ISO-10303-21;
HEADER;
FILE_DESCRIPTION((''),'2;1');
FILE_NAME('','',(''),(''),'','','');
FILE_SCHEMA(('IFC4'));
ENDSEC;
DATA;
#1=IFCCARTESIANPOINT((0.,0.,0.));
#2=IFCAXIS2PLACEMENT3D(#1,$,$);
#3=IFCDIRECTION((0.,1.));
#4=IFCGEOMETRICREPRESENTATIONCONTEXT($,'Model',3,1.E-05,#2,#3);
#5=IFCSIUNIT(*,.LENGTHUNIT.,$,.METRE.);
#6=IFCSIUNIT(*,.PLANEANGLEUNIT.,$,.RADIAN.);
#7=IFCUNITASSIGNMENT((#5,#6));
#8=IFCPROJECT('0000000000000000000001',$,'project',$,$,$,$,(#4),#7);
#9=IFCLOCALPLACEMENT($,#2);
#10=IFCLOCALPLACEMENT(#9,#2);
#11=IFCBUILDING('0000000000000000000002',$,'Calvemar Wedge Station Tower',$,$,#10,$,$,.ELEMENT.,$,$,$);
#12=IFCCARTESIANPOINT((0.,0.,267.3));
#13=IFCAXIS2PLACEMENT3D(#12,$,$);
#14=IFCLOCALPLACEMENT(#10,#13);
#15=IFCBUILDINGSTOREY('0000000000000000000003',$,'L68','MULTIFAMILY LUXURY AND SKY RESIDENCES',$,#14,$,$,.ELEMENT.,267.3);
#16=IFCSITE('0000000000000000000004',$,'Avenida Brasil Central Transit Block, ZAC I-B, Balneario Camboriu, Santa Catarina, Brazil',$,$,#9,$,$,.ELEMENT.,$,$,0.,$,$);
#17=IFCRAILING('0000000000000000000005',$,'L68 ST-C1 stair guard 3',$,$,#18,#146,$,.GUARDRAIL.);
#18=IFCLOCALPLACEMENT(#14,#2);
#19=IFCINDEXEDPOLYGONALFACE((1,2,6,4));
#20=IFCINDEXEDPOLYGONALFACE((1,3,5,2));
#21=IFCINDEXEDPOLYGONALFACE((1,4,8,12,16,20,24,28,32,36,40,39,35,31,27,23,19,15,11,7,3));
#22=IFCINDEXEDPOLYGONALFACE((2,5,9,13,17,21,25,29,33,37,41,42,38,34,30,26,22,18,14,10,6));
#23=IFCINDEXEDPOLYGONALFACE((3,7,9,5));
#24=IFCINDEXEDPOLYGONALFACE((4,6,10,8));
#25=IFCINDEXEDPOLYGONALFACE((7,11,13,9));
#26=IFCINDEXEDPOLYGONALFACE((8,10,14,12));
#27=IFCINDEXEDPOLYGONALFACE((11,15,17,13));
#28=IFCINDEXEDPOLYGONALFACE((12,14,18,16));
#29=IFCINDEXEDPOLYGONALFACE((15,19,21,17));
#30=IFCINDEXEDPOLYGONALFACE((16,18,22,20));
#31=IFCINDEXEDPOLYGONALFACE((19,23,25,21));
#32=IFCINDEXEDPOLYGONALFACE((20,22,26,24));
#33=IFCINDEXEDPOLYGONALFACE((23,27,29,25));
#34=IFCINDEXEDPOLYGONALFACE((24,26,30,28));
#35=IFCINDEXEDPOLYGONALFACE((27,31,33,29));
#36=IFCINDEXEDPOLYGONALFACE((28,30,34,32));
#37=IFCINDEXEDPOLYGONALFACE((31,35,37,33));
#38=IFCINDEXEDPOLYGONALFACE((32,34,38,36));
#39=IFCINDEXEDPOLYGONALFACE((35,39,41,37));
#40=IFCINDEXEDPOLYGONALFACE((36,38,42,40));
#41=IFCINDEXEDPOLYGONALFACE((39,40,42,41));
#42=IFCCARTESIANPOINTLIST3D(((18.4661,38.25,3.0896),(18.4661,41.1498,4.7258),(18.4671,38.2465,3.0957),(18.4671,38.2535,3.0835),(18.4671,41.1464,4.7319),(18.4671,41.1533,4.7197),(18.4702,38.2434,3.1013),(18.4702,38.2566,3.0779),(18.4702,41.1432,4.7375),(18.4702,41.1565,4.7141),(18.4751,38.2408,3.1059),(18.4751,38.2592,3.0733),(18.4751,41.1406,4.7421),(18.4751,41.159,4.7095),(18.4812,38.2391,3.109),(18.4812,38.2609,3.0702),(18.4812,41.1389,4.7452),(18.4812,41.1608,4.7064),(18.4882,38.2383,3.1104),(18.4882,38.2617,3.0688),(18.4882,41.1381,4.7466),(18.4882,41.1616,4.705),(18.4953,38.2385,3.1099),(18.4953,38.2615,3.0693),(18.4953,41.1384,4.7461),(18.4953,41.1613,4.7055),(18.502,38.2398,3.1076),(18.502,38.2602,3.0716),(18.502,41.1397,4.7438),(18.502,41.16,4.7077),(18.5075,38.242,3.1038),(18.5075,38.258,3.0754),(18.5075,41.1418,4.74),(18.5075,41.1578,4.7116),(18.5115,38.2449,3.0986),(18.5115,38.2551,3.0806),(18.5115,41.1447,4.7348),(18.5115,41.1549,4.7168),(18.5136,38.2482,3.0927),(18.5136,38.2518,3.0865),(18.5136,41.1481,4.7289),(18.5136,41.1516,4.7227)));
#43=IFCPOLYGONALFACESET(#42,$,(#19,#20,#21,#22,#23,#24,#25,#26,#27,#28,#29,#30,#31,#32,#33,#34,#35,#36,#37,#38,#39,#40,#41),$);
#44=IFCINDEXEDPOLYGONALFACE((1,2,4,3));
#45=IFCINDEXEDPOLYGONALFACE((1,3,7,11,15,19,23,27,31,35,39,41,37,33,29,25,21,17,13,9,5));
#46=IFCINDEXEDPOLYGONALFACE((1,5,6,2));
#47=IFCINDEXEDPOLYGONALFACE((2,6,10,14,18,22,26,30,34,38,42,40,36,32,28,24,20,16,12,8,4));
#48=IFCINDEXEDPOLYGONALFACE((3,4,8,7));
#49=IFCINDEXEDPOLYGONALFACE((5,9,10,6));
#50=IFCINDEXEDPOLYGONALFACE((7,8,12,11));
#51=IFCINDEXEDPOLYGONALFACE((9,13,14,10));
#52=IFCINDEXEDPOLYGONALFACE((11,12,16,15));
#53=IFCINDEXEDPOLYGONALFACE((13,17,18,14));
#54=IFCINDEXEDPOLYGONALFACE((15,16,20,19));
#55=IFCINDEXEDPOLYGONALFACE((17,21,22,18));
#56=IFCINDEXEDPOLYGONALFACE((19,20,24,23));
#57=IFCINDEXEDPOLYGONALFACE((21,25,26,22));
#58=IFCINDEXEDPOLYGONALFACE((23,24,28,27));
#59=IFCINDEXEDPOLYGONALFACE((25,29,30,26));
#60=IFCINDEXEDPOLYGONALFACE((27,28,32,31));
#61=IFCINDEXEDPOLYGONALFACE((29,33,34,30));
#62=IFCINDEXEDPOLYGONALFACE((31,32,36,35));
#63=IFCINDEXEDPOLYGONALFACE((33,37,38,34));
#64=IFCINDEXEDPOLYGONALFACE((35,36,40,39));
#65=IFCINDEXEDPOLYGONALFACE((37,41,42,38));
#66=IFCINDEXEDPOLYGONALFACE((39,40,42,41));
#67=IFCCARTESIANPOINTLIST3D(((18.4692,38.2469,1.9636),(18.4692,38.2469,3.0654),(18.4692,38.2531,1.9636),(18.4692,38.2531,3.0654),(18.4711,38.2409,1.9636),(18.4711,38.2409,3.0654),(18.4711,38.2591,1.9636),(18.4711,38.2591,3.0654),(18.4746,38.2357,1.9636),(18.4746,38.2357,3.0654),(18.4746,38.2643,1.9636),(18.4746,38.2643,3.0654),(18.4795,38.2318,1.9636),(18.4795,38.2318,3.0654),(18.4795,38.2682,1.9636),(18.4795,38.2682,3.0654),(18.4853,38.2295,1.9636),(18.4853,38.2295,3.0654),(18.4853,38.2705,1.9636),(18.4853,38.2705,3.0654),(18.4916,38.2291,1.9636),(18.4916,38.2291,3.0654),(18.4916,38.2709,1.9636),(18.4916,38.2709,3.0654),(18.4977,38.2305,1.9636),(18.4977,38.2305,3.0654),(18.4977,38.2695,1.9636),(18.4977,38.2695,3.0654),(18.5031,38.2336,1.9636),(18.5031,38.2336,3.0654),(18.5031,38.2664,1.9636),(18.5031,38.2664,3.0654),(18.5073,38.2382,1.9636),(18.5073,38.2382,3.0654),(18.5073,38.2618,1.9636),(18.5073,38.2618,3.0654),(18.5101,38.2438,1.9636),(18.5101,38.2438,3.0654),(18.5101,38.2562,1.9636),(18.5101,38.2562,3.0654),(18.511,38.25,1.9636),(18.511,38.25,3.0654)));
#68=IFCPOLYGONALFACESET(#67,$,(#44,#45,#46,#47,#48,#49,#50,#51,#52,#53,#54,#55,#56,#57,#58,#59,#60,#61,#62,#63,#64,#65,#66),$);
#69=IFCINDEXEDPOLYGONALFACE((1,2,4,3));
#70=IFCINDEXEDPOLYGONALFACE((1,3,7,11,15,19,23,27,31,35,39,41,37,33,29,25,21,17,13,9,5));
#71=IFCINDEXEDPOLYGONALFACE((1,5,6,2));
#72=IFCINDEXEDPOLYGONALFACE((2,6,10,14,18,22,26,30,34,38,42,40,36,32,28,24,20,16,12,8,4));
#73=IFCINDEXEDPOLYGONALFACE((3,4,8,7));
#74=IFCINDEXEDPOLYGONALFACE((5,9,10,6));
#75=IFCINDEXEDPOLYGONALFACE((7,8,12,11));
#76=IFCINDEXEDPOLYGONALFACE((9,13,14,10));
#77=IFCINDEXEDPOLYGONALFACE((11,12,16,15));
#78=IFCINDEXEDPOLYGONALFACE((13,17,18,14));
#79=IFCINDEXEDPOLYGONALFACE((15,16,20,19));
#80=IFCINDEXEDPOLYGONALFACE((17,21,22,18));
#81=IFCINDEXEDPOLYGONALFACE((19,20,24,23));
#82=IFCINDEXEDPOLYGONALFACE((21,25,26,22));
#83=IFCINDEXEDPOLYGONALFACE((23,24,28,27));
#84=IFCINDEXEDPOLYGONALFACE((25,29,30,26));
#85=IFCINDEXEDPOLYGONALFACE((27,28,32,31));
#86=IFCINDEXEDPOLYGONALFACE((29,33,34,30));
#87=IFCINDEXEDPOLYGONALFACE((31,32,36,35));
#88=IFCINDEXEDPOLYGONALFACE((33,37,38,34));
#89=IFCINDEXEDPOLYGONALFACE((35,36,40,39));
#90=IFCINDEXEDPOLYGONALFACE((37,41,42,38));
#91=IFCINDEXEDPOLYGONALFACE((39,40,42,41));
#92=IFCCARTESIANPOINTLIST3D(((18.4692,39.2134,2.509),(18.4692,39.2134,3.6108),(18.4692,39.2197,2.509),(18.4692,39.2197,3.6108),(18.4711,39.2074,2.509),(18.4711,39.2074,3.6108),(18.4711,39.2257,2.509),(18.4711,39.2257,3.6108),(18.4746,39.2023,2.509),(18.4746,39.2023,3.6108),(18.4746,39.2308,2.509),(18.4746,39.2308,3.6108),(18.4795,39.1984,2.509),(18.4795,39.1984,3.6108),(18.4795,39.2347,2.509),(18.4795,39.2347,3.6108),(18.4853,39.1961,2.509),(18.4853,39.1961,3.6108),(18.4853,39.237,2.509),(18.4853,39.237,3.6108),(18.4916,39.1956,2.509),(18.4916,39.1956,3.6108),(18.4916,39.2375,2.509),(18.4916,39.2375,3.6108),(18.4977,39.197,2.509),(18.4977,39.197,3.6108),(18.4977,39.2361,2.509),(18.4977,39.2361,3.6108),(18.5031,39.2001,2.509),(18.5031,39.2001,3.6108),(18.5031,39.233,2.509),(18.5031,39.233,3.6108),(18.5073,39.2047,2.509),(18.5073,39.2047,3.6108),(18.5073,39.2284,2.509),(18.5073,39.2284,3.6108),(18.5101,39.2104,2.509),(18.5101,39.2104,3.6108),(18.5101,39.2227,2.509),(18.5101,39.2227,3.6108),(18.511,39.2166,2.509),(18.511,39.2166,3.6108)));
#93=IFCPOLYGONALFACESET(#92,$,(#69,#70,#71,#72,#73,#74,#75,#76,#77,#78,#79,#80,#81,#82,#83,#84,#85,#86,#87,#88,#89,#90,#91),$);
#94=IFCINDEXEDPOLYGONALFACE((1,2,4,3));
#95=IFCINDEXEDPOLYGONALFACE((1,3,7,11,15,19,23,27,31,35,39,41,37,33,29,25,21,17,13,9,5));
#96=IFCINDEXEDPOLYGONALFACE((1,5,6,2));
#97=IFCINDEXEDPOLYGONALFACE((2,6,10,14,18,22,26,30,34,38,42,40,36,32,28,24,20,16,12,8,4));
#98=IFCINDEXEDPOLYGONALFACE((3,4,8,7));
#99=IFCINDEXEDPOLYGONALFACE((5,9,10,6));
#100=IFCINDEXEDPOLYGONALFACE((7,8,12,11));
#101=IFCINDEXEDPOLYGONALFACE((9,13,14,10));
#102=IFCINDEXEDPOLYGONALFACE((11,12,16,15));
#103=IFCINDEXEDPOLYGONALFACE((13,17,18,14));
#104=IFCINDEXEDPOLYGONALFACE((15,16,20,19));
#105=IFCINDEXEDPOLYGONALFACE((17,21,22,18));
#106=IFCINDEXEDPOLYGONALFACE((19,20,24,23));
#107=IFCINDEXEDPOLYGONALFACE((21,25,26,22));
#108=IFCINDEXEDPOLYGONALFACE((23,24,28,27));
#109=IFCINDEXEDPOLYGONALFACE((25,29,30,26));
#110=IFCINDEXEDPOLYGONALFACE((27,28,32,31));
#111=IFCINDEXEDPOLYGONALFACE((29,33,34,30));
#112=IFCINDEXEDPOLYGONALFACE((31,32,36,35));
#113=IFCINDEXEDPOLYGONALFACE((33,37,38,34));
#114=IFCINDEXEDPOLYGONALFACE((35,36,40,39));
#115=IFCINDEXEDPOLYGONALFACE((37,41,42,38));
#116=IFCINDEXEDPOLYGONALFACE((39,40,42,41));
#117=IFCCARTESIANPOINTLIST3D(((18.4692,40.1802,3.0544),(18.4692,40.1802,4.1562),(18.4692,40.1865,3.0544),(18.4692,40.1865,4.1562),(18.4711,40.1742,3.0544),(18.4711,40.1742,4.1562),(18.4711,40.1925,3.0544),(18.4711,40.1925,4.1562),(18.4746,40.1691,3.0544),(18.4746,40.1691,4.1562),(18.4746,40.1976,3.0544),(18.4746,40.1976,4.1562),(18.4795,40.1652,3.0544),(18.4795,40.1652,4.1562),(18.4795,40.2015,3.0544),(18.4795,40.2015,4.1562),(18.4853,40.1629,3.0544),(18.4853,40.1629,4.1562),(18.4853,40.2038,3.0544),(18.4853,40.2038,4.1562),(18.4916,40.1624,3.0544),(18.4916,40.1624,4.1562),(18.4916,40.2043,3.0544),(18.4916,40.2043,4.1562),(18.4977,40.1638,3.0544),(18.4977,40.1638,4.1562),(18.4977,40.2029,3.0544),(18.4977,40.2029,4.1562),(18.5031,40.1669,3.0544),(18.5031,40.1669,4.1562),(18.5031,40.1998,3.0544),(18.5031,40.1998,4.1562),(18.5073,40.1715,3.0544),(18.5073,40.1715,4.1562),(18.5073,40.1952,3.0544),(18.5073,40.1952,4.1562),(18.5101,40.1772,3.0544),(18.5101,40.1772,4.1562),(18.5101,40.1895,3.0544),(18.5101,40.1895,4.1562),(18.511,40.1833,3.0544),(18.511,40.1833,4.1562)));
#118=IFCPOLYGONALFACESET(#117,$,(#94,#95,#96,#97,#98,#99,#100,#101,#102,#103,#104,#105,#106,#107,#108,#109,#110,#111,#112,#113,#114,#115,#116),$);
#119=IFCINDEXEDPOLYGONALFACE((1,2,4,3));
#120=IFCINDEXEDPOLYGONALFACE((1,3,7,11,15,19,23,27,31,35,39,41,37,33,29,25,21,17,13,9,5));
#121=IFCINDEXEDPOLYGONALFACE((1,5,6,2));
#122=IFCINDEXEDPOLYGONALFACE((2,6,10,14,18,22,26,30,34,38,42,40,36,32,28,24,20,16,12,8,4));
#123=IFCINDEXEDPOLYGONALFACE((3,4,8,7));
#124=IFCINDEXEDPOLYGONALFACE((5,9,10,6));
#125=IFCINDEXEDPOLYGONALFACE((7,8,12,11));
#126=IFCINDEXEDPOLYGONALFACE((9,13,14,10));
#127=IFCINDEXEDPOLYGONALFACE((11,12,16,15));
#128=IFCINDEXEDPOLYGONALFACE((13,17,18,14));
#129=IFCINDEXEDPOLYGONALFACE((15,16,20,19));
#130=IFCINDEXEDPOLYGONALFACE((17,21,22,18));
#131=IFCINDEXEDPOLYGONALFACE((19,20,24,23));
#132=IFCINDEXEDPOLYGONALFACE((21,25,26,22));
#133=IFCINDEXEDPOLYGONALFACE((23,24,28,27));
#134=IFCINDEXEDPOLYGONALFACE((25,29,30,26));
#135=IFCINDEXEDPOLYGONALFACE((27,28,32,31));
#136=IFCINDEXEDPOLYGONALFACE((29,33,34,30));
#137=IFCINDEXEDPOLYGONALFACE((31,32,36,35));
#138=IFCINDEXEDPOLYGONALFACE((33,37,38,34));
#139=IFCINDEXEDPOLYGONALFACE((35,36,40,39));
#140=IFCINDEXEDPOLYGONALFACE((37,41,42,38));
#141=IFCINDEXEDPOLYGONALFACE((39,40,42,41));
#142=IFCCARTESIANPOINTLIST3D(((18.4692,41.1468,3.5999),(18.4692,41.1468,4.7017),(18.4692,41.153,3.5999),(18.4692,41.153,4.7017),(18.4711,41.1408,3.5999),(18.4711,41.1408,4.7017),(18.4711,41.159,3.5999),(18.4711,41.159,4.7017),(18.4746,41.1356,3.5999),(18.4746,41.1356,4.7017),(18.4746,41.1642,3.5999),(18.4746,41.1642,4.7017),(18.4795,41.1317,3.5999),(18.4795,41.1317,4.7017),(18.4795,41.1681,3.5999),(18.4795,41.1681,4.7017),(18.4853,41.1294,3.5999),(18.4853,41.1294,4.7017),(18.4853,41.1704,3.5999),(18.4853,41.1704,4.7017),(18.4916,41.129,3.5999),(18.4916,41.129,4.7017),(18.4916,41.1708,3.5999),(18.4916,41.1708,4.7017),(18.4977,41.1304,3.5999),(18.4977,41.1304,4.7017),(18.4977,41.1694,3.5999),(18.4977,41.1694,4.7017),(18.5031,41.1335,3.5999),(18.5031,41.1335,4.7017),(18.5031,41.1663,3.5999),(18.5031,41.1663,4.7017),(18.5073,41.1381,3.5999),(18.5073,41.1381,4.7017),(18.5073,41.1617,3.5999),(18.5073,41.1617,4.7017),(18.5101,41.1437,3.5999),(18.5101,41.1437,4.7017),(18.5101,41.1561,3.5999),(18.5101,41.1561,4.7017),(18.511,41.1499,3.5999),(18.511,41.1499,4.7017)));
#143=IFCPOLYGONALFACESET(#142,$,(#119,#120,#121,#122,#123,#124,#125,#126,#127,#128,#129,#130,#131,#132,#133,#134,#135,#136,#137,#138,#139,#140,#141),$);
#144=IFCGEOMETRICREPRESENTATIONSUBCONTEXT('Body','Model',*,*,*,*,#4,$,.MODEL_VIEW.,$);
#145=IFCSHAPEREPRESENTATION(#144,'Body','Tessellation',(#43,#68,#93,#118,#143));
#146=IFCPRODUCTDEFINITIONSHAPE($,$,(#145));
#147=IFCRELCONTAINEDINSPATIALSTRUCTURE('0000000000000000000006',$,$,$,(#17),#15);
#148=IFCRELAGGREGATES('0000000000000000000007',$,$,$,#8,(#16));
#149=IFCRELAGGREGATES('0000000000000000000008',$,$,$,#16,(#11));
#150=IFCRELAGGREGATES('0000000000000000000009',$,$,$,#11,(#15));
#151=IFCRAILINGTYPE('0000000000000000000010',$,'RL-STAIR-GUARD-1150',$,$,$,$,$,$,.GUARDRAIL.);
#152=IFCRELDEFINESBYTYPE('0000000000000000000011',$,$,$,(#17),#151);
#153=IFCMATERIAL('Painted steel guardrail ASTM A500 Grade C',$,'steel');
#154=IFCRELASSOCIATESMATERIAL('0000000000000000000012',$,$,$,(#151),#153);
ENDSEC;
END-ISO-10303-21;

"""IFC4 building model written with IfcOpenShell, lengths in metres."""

from ifc_helpers import new_model, si_unit, direction, frame, origin, origin_2d, place, context, subcontext, project, spatial, circle, extrude, material, type_object, element, save


model = new_model("IFC4")

# Units and contexts
model_context = context("Model", 3, precision=1e-05, world=origin(), true_north=direction((0.0, 1.0)))
body_context = subcontext(model_context, "Body", "Model", "MODEL_VIEW")
ifc_project = project(units=[si_unit("LENGTHUNIT", "METRE"), si_unit("PLANEANGLEUNIT", "RADIAN")], contexts=[model_context])

# Site, building, storey
site_placement = place(None, origin())
site = spatial("IfcSite", under=ifc_project, at=site_placement, Name="Avenida Brasil Central Transit Block, ZAC I-B, Balneario Camboriu, Santa Catarina, Brazil", CompositionType="ELEMENT", RefElevation=0.0)
building_placement = place(site_placement, origin())
building = spatial("IfcBuilding", under=site, at=building_placement, Name="Calvemar Wedge Station Tower", CompositionType="ELEMENT")
storey_placement = place(building_placement, frame((0.0, 0.0, 267.3)))
storey = spatial("IfcBuildingStorey", under=building, at=storey_placement, Name="L68", Description="MULTIFAMILY LUXURY AND SKY RESIDENCES", CompositionType="ELEMENT", Elevation=267.3)

# Railing
ifc_material_1 = material(Name="Painted steel guardrail ASTM A500 Grade C", Category="steel")
railing_type_1 = type_object("IfcRailingType", Name="RL-STAIR-GUARD-1150", PredefinedType="GUARDRAIL", material=ifc_material_1)
railing_1_placement = place(storey_placement, frame((18.49, 38.25, 1.9636)))
element("IfcRailing", 1, at=railing_1_placement, inside=storey, type_object=railing_type_1, Name="L68 ST-C1 stair guard 3", PredefinedType="GUARDRAIL", context=body_context, shape_type="SweptSolid", body=[
    extrude(circle(Radius=0.0239, at=origin_2d()), frame((0.0, 0.0, 1.126), z_axis=(0.0, 0.870929, 0.49141), x_axis=(-1.0, 0.0, 0.0)), (0.0, 0.0, 1.0), 3.3296),
    extrude(circle(Radius=0.021, at=origin_2d()), origin(), (0.0, 0.0, 1.0), 1.1018),
    extrude(circle(Radius=0.021, at=origin_2d()), frame((0.0, 0.9666, 0.5454)), (0.0, 0.0, 1.0), 1.1018),
    extrude(circle(Radius=0.021, at=origin_2d()), frame((0.0, 1.9333, 1.0908)), (0.0, 0.0, 1.0), 1.1018),
    extrude(circle(Radius=0.021, at=origin_2d()), frame((0.0, 2.8999, 1.6362)), (0.0, 0.0, 1.0), 1.1018),
])

save(model, "model.ifc")
